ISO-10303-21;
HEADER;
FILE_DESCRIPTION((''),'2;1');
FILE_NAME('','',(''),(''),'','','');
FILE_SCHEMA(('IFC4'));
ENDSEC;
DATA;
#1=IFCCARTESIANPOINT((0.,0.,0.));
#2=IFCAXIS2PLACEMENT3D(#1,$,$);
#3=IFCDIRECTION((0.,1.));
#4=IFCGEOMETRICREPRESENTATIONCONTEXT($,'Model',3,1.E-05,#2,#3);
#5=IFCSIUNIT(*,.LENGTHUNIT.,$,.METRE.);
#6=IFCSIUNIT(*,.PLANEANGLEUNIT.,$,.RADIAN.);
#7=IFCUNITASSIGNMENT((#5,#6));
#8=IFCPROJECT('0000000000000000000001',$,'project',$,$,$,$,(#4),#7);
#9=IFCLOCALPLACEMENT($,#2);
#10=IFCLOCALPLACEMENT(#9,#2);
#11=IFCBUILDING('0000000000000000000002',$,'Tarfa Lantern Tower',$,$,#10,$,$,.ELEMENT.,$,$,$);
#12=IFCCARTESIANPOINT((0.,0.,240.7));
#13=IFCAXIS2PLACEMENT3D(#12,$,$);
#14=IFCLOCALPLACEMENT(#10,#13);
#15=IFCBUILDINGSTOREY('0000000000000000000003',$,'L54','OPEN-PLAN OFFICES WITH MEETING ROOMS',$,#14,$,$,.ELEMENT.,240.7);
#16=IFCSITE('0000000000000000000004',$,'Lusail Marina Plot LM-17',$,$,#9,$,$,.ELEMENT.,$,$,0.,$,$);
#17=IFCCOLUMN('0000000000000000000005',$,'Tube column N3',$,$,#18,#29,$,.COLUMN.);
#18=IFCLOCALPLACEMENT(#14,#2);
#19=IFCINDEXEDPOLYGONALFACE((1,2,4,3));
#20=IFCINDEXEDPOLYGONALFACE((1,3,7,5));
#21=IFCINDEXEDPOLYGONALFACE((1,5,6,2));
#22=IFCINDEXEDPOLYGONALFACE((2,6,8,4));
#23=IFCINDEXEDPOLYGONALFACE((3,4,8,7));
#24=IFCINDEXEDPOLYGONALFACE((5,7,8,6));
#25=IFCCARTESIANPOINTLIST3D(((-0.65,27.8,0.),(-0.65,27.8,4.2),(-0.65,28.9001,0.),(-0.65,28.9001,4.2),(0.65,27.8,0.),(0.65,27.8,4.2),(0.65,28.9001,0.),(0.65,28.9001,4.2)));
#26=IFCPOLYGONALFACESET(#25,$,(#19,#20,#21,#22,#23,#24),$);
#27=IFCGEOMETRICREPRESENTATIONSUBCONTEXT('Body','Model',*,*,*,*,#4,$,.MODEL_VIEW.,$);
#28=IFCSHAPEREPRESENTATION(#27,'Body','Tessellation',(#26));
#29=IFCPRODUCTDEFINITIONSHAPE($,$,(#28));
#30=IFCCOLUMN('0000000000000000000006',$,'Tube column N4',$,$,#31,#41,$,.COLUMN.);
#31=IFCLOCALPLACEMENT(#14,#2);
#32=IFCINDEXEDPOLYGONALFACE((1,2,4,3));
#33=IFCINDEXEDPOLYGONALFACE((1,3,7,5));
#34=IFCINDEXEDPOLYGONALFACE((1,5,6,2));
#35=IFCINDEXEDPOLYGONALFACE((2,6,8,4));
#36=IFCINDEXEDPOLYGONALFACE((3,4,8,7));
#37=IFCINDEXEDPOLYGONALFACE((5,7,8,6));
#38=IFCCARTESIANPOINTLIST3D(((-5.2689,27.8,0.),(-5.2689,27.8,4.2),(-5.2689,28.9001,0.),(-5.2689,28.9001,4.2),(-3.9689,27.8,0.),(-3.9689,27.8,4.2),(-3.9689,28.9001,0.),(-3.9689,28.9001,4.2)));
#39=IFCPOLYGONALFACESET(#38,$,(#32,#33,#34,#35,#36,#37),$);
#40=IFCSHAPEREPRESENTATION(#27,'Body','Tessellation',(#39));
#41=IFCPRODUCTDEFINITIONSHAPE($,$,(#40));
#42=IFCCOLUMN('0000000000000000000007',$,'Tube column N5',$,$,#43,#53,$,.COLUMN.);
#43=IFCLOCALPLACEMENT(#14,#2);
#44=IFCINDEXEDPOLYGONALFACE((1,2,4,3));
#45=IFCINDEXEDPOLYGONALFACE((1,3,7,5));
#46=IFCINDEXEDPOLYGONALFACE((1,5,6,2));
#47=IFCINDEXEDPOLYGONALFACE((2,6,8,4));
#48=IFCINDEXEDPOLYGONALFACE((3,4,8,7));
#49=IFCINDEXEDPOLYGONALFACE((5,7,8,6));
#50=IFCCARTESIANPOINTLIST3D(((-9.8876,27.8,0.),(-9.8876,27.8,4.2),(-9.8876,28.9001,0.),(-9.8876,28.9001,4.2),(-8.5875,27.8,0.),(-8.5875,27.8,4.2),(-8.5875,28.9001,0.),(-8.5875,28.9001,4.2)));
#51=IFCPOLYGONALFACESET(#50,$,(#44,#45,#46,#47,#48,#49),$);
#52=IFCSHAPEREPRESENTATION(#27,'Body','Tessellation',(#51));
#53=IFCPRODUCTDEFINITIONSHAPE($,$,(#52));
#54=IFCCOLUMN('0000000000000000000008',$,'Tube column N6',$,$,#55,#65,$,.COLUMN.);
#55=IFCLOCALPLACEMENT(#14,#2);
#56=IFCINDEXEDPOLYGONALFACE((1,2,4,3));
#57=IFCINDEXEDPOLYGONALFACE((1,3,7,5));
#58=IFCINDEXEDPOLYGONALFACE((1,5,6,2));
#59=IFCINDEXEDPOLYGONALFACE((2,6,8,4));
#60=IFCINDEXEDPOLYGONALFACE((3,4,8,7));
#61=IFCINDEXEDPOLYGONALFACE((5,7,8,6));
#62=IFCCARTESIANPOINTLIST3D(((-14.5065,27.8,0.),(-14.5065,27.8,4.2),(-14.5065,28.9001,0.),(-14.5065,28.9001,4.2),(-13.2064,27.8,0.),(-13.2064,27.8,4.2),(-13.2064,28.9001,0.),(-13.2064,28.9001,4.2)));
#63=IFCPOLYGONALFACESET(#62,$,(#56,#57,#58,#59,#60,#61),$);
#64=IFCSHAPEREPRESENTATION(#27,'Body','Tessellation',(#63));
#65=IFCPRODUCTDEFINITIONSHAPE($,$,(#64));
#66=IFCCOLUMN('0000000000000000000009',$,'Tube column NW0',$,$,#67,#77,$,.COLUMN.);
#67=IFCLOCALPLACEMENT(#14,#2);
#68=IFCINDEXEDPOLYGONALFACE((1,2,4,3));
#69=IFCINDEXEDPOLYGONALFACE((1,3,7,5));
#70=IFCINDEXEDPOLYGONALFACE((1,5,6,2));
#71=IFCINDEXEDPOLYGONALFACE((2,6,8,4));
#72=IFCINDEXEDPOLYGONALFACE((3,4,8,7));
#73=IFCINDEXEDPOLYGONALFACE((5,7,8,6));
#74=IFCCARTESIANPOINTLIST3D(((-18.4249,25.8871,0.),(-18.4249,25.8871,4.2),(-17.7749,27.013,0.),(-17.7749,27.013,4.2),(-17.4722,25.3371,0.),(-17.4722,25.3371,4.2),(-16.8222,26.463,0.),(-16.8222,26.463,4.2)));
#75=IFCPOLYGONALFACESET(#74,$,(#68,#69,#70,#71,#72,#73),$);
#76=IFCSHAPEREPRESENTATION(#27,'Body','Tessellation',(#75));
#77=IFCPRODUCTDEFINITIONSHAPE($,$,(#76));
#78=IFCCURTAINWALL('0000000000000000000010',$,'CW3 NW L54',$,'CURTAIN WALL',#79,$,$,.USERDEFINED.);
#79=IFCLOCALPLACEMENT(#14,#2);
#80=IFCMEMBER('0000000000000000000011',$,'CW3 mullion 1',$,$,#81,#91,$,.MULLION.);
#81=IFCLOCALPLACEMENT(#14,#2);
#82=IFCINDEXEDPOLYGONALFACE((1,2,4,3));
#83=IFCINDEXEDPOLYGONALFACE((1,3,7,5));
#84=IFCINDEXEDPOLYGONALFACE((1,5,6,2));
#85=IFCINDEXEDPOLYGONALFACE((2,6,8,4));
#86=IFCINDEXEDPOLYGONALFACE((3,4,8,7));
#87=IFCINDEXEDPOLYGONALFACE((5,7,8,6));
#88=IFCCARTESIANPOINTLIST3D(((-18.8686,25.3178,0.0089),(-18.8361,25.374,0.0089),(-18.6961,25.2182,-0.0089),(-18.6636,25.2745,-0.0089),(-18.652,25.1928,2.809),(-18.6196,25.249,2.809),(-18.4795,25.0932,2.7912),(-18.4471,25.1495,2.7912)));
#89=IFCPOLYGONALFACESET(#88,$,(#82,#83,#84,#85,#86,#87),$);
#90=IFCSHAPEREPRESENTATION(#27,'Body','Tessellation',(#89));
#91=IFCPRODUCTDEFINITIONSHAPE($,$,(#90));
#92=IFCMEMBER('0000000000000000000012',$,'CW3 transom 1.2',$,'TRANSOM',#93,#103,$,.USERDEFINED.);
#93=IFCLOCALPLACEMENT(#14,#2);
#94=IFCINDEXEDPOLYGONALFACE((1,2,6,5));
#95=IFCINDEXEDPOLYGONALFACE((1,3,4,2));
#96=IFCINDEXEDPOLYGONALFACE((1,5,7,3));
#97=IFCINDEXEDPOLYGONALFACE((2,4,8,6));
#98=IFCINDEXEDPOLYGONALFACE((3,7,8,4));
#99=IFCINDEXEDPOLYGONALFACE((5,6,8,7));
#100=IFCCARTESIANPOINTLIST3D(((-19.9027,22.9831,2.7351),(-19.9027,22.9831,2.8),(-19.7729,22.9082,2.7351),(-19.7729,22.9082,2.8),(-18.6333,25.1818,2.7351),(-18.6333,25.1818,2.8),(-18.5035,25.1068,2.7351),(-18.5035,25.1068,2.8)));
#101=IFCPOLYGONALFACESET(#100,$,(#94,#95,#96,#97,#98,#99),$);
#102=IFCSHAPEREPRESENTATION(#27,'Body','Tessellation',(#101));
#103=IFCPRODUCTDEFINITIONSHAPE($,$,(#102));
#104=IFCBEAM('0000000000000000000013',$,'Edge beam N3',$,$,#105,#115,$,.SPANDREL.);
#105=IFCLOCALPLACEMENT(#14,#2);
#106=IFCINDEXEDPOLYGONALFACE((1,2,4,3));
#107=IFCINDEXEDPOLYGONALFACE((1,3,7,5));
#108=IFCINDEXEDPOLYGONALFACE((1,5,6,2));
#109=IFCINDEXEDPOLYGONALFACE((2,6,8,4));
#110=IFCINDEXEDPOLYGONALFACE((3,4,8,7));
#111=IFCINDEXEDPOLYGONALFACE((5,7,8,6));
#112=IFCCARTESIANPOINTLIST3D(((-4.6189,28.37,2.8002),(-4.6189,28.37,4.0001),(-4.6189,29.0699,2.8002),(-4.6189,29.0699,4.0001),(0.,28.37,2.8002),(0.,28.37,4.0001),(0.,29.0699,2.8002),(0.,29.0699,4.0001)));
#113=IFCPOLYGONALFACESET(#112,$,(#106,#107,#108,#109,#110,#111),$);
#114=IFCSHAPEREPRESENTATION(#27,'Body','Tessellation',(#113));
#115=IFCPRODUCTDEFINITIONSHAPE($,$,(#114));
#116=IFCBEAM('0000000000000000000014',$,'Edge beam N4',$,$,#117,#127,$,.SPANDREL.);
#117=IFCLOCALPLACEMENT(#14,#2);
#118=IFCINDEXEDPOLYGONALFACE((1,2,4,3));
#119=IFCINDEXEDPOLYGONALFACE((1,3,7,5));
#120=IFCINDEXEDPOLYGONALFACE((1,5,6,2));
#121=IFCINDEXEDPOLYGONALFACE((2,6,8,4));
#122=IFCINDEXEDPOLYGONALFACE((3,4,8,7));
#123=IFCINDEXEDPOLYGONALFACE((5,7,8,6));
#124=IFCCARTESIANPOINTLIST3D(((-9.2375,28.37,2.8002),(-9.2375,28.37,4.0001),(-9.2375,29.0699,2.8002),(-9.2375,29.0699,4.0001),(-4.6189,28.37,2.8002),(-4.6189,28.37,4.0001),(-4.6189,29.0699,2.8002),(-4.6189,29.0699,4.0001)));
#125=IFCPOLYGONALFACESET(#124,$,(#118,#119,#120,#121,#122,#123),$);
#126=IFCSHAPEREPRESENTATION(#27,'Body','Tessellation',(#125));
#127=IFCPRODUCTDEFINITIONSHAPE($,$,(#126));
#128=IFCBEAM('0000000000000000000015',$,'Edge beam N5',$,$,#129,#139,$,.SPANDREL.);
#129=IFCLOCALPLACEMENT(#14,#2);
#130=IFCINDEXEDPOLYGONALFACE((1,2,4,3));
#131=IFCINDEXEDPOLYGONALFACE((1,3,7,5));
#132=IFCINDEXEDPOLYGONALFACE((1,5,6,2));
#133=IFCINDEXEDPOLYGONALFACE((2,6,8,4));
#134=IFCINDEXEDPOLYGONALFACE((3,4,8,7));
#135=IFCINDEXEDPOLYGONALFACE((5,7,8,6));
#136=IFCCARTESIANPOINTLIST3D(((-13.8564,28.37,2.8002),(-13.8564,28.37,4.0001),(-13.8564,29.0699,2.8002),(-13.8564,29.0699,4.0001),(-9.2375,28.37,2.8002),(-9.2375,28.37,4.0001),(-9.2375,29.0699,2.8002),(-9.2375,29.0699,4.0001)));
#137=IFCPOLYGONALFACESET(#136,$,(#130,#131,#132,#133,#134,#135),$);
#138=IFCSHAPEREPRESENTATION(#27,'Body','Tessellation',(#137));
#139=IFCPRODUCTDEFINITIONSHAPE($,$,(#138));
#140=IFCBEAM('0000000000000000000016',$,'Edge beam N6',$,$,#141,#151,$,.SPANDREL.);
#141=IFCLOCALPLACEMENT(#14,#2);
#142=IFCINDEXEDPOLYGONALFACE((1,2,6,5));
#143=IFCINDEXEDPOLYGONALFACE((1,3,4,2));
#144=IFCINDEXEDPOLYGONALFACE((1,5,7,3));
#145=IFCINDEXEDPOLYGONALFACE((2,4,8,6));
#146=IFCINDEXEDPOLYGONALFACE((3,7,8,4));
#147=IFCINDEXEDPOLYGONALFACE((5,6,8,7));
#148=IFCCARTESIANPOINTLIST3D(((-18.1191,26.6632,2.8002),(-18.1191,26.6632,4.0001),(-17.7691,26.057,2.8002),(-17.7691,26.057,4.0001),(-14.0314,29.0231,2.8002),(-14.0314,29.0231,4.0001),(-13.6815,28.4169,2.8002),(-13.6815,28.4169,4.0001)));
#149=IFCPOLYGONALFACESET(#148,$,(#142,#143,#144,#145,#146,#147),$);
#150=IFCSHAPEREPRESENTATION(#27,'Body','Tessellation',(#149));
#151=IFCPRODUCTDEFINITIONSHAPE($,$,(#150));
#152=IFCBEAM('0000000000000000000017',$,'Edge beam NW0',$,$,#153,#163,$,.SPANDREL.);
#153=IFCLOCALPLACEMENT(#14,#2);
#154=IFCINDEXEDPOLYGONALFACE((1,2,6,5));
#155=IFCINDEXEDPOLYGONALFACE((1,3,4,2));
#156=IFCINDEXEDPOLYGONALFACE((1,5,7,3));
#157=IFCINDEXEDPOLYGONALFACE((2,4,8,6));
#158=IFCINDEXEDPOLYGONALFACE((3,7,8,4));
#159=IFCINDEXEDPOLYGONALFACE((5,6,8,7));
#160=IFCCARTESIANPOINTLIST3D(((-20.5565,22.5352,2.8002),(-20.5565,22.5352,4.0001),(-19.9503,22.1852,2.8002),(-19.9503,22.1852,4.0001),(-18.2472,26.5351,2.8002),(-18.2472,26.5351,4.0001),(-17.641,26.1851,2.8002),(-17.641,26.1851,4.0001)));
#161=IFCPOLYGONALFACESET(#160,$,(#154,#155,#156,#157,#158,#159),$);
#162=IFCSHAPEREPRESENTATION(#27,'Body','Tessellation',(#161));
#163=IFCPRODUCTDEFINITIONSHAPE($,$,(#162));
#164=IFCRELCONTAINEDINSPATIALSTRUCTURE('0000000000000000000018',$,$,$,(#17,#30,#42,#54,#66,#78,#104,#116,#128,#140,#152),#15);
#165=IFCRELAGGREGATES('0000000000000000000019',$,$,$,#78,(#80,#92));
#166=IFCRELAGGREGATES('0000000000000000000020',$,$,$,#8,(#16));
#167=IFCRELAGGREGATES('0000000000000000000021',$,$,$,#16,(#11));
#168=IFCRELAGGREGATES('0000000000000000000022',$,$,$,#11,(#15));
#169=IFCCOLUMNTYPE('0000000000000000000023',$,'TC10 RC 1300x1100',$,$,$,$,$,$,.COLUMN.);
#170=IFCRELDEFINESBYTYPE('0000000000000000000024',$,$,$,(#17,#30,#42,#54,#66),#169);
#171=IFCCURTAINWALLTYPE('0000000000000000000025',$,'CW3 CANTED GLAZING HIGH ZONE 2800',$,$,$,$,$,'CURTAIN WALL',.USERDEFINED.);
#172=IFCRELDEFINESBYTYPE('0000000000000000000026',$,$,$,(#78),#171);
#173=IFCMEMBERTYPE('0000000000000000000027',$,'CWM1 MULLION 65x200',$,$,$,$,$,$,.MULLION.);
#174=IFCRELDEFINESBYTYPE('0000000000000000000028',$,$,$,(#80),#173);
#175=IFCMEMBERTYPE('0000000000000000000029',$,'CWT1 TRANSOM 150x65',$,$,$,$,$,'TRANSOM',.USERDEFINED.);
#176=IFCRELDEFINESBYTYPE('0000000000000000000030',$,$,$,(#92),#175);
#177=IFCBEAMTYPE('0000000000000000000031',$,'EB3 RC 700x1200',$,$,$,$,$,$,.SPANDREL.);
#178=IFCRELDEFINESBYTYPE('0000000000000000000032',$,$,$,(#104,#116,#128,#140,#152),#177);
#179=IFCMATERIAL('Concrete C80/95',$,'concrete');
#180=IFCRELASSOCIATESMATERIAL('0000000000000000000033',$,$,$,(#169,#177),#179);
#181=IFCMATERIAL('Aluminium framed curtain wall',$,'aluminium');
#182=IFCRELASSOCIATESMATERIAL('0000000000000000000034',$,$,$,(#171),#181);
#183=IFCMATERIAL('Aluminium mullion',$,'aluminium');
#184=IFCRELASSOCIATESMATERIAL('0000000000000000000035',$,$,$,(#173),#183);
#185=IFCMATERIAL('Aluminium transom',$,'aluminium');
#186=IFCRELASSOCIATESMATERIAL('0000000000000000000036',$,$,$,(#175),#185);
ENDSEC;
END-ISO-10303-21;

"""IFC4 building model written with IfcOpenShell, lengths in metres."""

from ifc_helpers import new_model, si_unit, direction, frame, origin, origin_2d, place, context, subcontext, project, spatial, rectangle, extrude, material, material_profile, profile_set, type_object, element, aggregate, save


model = new_model("IFC4")

# Units and contexts
model_context = context("Model", 3, precision=1e-05, world=origin(), true_north=direction((0.0, 1.0)))
body_context = subcontext(model_context, "Body", "Model", "MODEL_VIEW")
ifc_project = project(units=[si_unit("LENGTHUNIT", "METRE"), si_unit("PLANEANGLEUNIT", "RADIAN")], contexts=[model_context])

# Site, building, storey
site_placement = place(None, origin())
site = spatial("IfcSite", under=ifc_project, at=site_placement, Name="Lusail Marina Plot LM-17", CompositionType="ELEMENT", RefElevation=0.0)
building_placement = place(site_placement, origin())
building = spatial("IfcBuilding", under=site, at=building_placement, Name="Tarfa Lantern Tower", CompositionType="ELEMENT")
storey_placement = place(building_placement, frame((0.0, 0.0, 240.7)))
storey = spatial("IfcBuildingStorey", under=building, at=storey_placement, Name="L54", Description="OPEN-PLAN OFFICES WITH MEETING ROOMS", CompositionType="ELEMENT", Elevation=240.7)

# Columns
ifc_material_1 = material(Name="Concrete C80/95", Category="concrete")
ifc_material_profile_1 = material_profile(ifc_material_1, rectangle(XDim=1.3, YDim=1.1001, at=origin_2d()), Name="RC 1300x1100")
ifc_profile_set_1 = profile_set([ifc_material_profile_1], Name="Concrete C80/95")
column_type = type_object("IfcColumnType", Name="TC10 RC 1300x1100", PredefinedType="COLUMN", material=ifc_profile_set_1)
for number, where, z_axis, x_axis, name in (
    (1, (0.0, 28.3501, 0.0), (0.0, 0.0, 1.0), (-1.0, 0.0, 0.0), "Tube column N3"),
    (2, (-4.6189, 28.3501, 0.0), (0.0, 0.0, 1.0), (-1.0, 0.0, 0.0), "Tube column N4"),
    (3, (-9.2375, 28.3501, 0.0), (0.0, 0.0, 1.0), (-1.0, 0.0, 0.0), "Tube column N5"),
    (4, (-13.8564, 28.3501, 0.0), (0.0, 0.0, 1.0), (-1.0, 0.0, 0.0), "Tube column N6"),
    (5, (-17.6235, 26.175, 0.0), (0.0, 0.0, 1.0), (-0.5, -0.866025, 0.0), "Tube column NW0"),
):
    element("IfcColumn", number, at=place(storey_placement, frame(where, z_axis=z_axis, x_axis=x_axis)), inside=storey, type_object=column_type, Name=name, PredefinedType="COLUMN", context=body_context, shape_type="SweptSolid", body=[
        extrude(rectangle(XDim=1.3, YDim=1.1001, at=origin_2d()), origin(), (0.0, 0.0, 1.0), 4.2),
    ])

# Curtain wall, members
ifc_material_2 = material(Name="Aluminium framed curtain wall", Category="aluminium")
curtain_wall_type = type_object("IfcCurtainWallType", Name="CW3 CANTED GLAZING HIGH ZONE 2800", ElementType="CURTAIN WALL", PredefinedType="USERDEFINED", material=ifc_material_2)
curtain_wall_placement = place(storey_placement, origin())
curtain_wall = element("IfcCurtainWall", 6, at=curtain_wall_placement, inside=storey, type_object=curtain_wall_type, Name="CW3 NW L54", ObjectType="CURTAIN WALL", PredefinedType="USERDEFINED")
ifc_material_3 = material(Name="Aluminium mullion", Category="aluminium")
ifc_material_profile_2 = material_profile(ifc_material_3, rectangle(XDim=0.0649, YDim=0.2, at=origin_2d()), Name="AL MULLION 65x200")
ifc_profile_set_2 = profile_set([ifc_material_profile_2], Name="Aluminium mullion")
member_type_1 = type_object("IfcMemberType", Name="CWM1 MULLION 65x200", PredefinedType="MULLION", material=ifc_profile_set_2)
member_1_placement = place(storey_placement, frame((-18.7661, 25.2961, 0.0), z_axis=(0.077032, -0.044465, 0.996037), x_axis=(0.49992, 0.866072, 0.0)))
member_1 = element("IfcMember", 7, at=member_1_placement, type_object=member_type_1, Name="CW3 mullion 1", PredefinedType="MULLION", context=body_context, shape_type="SweptSolid", body=[
    extrude(rectangle(XDim=0.0649, YDim=0.2, at=origin_2d()), origin(), (0.0, 0.0, 1.0), 2.8113),
])
ifc_material_4 = material(Name="Aluminium transom", Category="aluminium")
ifc_material_profile_3 = material_profile(ifc_material_4, rectangle(XDim=0.1499, YDim=0.0649, at=origin_2d()), Name="AL TRANSOM 150x65")
ifc_profile_set_3 = profile_set([ifc_material_profile_3], Name="Aluminium transom")
member_type_2 = type_object("IfcMemberType", Name="CWT1 TRANSOM 150x65", ElementType="TRANSOM", PredefinedType="USERDEFINED", material=ifc_profile_set_3)
member_2_placement = place(storey_placement, frame((-18.5684, 25.1443, 2.7676), z_axis=(-0.500028, -0.866009, 0.0), x_axis=(0.866009, -0.500028, 0.0)))
member_2 = element("IfcMember", 8, at=member_2_placement, type_object=member_type_2, Name="CW3 transom 1.2", ObjectType="TRANSOM", PredefinedType="USERDEFINED", context=body_context, shape_type="SweptSolid", body=[
    extrude(rectangle(XDim=0.1499, YDim=0.0649, at=origin_2d()), origin(), (0.0, 0.0, 1.0), 2.5388),
])
aggregate(curtain_wall, [member_1, member_2])

# Beams
ifc_material_profile_4 = material_profile(ifc_material_1, rectangle(XDim=0.7, YDim=1.2, at=origin_2d()), Name="RC 700x1200")
ifc_profile_set_4 = profile_set([ifc_material_profile_4], Name="Concrete C80/95")
beam_type_1 = type_object("IfcBeamType", Name="EB3 RC 700x1200", PredefinedType="SPANDREL", material=ifc_profile_set_4)
beam_1_placement = place(storey_placement, frame((0.0, 28.72, 3.4001), z_axis=(-1.0, 0.0, 0.0), x_axis=(0.0, -1.0, 0.0)))
element("IfcBeam", 9, at=beam_1_placement, inside=storey, type_object=beam_type_1, Name="Edge beam N3", PredefinedType="SPANDREL", context=body_context, shape_type="SweptSolid", body=[
    extrude(rectangle(XDim=0.7, YDim=1.2, at=origin_2d()), origin(), (0.0, 0.0, 1.0), 4.6189),
])
beam_2_placement = place(storey_placement, frame((-4.6189, 28.72, 3.4001), z_axis=(-1.0, 0.0, 0.0), x_axis=(0.0, -1.0, 0.0)))
element("IfcBeam", 10, at=beam_2_placement, inside=storey, type_object=beam_type_1, Name="Edge beam N4", PredefinedType="SPANDREL", context=body_context, shape_type="SweptSolid", body=[
    extrude(rectangle(XDim=0.7, YDim=1.2, at=origin_2d()), origin(), (0.0, 0.0, 1.0), 4.6187),
])
beam_3_placement = place(storey_placement, frame((-9.2375, 28.72, 3.4001), z_axis=(-1.0, 0.0, 0.0), x_axis=(0.0, -1.0, 0.0)))
element("IfcBeam", 11, at=beam_3_placement, inside=storey, type_object=beam_type_1, Name="Edge beam N5", PredefinedType="SPANDREL", context=body_context, shape_type="SweptSolid", body=[
    extrude(rectangle(XDim=0.7, YDim=1.2, at=origin_2d()), origin(), (0.0, 0.0, 1.0), 4.6189),
])
beam_4_placement = place(storey_placement, frame((-13.8564, 28.72, 3.4001), z_axis=(-0.866038, -0.499978, 0.0), x_axis=(0.499978, -0.866038, 0.0)))
element("IfcBeam", 12, at=beam_4_placement, inside=storey, type_object=beam_type_1, Name="Edge beam N6", PredefinedType="SPANDREL", context=body_context, shape_type="SweptSolid", body=[
    extrude(rectangle(XDim=0.7, YDim=1.2, at=origin_2d()), origin(), (0.0, 0.0, 1.0), 4.72),
])
beam_5_placement = place(storey_placement, frame((-17.9441, 26.3601, 3.4001), z_axis=(-0.499988, -0.866032, 0.0), x_axis=(0.866032, -0.499988, 0.0)))
element("IfcBeam", 13, at=beam_5_placement, inside=storey, type_object=beam_type_1, Name="Edge beam NW0", PredefinedType="SPANDREL", context=body_context, shape_type="SweptSolid", body=[
    extrude(rectangle(XDim=0.7, YDim=1.2, at=origin_2d()), origin(), (0.0, 0.0, 1.0), 4.6187),
])

save(model, "model.ifc")
